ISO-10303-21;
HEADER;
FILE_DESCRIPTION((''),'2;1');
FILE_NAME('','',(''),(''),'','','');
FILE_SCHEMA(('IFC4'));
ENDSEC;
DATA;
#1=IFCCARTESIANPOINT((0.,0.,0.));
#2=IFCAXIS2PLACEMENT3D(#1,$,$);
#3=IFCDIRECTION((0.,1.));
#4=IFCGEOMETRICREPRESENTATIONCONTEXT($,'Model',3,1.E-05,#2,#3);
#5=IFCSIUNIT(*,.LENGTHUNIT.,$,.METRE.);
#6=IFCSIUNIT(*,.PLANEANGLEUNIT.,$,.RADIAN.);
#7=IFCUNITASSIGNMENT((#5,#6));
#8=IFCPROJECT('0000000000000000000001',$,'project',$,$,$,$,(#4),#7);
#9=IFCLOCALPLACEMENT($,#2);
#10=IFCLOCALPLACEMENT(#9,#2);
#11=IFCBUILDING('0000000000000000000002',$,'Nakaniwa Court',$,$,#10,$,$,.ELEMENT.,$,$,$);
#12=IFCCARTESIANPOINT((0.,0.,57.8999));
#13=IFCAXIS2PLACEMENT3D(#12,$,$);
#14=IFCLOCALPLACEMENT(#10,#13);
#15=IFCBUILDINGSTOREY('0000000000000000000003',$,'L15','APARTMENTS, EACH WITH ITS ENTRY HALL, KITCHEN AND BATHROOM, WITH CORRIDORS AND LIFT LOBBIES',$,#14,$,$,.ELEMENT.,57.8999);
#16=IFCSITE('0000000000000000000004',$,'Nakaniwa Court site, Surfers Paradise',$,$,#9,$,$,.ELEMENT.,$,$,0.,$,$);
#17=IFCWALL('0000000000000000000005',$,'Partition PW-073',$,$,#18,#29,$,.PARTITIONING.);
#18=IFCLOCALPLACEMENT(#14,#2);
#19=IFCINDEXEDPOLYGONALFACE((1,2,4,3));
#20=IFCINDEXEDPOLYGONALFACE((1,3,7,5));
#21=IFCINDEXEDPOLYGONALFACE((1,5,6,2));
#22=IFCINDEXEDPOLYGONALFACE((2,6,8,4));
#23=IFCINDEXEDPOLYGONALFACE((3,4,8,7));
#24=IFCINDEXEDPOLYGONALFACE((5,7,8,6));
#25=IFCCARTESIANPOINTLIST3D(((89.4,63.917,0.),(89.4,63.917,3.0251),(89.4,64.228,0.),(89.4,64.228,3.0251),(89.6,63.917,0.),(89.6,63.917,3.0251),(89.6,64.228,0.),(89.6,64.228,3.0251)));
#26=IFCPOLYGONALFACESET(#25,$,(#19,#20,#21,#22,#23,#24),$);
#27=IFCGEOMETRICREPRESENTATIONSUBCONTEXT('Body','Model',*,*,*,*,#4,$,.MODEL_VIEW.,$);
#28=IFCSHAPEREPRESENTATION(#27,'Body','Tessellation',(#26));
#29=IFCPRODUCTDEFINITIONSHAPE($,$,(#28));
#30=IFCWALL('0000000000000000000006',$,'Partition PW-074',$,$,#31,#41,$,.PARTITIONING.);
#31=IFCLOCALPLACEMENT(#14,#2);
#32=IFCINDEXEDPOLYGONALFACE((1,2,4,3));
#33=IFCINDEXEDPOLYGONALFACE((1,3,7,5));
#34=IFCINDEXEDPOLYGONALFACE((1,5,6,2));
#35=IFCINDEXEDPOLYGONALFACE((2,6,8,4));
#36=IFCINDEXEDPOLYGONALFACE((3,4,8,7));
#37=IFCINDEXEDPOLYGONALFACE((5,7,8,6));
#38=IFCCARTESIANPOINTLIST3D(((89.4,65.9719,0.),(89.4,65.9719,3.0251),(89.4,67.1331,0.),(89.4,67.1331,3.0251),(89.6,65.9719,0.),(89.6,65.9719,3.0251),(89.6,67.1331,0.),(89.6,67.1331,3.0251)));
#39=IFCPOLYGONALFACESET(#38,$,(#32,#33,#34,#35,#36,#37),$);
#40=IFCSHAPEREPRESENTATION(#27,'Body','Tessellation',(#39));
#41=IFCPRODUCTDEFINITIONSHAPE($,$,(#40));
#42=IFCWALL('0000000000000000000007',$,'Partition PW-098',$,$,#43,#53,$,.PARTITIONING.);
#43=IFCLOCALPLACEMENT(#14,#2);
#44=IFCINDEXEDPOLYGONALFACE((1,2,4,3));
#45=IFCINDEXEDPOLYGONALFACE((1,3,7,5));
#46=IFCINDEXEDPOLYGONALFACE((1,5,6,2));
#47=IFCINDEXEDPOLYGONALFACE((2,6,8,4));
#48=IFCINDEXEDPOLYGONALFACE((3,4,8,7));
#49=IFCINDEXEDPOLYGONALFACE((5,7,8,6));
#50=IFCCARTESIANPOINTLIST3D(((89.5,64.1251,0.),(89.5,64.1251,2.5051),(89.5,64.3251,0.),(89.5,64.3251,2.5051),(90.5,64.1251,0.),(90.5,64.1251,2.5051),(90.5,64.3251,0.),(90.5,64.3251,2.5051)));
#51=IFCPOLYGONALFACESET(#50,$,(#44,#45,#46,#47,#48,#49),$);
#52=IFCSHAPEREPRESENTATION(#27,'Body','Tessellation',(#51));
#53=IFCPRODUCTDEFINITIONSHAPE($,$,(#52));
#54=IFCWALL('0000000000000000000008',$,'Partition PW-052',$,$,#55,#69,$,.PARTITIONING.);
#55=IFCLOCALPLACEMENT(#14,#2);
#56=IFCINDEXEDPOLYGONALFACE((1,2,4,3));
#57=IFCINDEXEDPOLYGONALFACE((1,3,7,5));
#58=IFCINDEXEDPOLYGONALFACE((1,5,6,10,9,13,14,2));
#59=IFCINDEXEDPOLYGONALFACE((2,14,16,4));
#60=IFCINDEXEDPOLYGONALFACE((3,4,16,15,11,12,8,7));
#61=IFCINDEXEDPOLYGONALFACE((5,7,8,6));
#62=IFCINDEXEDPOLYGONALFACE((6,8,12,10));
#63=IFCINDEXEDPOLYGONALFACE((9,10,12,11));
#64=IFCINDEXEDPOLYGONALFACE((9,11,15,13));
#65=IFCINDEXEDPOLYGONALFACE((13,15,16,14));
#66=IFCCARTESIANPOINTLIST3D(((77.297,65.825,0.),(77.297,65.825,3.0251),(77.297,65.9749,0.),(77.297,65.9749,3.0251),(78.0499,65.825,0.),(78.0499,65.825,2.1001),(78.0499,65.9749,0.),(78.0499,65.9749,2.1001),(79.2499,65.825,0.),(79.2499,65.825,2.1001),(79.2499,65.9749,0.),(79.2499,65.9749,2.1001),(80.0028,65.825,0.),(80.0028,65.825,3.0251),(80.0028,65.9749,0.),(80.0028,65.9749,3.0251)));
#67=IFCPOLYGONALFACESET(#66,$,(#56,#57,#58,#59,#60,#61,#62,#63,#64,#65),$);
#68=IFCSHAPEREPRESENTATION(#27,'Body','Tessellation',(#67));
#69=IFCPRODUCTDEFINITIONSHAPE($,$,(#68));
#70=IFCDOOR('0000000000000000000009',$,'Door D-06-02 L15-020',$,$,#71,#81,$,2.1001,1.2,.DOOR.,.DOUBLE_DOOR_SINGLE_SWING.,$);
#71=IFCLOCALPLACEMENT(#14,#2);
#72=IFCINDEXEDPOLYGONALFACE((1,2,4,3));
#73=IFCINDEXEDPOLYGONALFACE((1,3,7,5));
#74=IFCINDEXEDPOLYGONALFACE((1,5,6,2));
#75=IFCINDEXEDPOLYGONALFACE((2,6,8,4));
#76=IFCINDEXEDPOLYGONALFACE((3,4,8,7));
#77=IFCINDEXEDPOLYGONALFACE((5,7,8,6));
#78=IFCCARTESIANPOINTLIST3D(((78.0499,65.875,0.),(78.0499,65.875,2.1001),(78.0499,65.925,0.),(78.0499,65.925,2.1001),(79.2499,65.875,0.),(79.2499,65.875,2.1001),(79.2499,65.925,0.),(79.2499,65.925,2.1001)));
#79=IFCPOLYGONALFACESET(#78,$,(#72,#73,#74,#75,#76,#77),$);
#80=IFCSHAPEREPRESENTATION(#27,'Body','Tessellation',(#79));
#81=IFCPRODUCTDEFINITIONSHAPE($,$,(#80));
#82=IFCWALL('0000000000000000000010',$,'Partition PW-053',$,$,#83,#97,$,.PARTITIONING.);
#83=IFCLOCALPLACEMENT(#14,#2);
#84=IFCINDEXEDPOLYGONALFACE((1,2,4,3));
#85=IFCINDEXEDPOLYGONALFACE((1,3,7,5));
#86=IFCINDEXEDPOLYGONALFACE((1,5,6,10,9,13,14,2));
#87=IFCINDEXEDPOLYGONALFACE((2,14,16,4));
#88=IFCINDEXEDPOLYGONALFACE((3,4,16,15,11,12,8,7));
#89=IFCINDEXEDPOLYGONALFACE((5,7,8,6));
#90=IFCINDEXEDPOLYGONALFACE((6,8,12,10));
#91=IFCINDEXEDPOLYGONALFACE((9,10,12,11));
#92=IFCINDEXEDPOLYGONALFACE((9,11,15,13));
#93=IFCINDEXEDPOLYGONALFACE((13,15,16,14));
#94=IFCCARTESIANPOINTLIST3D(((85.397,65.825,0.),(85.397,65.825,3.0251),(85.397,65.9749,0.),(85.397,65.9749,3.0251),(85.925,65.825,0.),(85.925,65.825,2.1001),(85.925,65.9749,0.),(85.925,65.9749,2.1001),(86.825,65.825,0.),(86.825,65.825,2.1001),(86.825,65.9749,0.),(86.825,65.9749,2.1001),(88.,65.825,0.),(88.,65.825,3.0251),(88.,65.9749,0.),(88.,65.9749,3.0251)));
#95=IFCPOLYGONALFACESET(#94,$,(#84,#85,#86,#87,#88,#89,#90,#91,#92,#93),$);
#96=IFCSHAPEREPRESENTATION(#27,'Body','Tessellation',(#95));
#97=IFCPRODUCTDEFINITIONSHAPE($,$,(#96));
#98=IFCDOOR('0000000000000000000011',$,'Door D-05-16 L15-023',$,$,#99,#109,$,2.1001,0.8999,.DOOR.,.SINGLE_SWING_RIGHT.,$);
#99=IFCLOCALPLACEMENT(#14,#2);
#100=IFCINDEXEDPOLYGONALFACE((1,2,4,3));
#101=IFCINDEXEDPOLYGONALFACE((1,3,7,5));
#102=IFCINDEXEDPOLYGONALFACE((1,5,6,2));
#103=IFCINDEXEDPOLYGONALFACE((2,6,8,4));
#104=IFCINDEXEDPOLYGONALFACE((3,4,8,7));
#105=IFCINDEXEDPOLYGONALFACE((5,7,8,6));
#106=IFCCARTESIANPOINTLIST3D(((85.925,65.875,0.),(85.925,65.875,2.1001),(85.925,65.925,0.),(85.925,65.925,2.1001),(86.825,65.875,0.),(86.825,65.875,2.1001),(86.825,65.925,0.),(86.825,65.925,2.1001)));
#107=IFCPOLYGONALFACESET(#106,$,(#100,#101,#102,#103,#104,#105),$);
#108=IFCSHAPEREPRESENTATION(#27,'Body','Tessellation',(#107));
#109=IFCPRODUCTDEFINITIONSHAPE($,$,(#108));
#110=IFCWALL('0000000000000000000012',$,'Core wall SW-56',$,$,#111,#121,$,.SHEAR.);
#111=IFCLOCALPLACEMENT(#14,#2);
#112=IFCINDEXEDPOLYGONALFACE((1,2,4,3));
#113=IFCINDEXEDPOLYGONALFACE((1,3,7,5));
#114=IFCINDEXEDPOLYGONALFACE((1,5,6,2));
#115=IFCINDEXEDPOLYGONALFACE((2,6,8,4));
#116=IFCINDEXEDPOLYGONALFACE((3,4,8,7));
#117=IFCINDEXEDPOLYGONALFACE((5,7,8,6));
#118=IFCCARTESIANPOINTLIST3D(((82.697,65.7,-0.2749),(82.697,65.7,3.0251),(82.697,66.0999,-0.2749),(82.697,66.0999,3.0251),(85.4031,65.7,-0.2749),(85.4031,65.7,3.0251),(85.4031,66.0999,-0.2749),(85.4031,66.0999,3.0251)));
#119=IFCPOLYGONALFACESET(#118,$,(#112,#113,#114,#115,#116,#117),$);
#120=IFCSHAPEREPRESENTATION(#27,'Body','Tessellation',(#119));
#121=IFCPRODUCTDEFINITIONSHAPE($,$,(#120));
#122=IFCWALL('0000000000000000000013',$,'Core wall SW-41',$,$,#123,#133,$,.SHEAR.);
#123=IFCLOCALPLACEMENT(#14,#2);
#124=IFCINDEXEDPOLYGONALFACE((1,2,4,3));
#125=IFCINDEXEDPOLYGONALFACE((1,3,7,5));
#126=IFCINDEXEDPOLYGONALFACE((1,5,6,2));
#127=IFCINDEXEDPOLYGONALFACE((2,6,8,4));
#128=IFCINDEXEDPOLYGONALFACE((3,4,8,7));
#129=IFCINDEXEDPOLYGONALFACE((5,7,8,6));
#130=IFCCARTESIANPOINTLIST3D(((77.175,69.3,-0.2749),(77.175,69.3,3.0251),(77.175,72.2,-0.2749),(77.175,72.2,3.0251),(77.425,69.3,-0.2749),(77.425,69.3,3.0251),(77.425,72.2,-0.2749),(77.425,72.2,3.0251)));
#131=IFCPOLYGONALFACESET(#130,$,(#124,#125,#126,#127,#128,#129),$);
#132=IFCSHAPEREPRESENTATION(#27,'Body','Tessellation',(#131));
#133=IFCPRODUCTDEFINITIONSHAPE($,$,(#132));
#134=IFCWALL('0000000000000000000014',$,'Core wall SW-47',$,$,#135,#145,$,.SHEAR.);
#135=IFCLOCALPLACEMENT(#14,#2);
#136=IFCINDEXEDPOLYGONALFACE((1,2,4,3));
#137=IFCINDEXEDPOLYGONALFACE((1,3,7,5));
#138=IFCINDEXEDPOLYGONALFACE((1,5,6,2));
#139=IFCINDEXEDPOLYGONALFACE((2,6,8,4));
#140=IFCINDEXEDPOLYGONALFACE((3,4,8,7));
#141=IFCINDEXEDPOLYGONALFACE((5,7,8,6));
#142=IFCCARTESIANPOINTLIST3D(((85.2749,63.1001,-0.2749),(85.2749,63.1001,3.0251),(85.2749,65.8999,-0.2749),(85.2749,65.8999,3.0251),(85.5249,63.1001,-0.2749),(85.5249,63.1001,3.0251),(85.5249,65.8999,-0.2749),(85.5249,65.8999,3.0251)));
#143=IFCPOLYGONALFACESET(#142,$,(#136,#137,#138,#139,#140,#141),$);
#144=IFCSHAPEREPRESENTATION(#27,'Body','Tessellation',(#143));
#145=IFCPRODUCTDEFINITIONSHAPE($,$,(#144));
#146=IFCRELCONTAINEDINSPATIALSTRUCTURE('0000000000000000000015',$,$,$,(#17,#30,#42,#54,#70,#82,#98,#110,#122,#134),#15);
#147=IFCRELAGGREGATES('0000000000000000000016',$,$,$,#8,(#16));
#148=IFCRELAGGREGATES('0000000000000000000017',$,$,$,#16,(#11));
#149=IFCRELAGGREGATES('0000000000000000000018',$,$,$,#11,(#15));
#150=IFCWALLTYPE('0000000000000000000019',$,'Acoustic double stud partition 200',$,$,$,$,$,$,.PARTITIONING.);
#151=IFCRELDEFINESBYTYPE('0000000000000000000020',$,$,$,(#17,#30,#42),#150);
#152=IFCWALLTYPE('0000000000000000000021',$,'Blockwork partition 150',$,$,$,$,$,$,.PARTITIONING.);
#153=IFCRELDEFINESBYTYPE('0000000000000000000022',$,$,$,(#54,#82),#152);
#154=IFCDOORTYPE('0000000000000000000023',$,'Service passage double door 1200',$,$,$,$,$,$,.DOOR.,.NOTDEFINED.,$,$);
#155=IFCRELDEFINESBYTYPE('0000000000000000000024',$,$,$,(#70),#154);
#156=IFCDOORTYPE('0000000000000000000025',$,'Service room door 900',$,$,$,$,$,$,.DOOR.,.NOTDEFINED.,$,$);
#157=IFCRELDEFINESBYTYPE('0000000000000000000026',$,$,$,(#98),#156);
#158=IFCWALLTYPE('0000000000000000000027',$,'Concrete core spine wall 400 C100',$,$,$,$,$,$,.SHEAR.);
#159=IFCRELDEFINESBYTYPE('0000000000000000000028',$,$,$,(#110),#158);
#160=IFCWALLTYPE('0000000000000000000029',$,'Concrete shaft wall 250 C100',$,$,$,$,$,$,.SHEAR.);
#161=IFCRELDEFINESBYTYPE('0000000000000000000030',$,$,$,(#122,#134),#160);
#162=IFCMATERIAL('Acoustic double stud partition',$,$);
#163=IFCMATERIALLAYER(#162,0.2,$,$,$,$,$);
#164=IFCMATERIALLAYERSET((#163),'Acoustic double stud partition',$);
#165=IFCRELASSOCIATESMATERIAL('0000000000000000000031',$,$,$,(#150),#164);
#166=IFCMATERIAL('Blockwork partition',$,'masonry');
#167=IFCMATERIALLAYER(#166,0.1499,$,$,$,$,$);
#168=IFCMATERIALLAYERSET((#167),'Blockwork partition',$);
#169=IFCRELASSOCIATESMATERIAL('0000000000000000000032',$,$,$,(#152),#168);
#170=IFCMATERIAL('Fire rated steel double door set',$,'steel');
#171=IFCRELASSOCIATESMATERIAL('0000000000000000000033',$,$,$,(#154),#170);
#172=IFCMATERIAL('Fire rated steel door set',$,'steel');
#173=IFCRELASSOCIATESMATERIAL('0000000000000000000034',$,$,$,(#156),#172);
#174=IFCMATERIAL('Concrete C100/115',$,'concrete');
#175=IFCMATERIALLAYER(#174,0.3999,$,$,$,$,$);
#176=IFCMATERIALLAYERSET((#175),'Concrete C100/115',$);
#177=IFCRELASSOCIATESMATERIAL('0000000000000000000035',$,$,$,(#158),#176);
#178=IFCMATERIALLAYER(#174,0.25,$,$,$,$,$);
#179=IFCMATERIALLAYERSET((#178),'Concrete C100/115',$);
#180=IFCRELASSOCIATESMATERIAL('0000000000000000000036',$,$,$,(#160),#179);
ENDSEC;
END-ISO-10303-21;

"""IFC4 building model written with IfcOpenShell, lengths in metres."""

from ifc_helpers import new_model, si_unit, direction, frame, frame_2d, origin, place, context, subcontext, project, spatial, rectangle, extrude, material, layer, layer_set, type_object, element, fill, save


model = new_model("IFC4")

# Units and contexts
model_context = context("Model", 3, precision=1e-05, world=origin(), true_north=direction((0.0, 1.0)))
body_context = subcontext(model_context, "Body", "Model", "MODEL_VIEW")
ifc_project = project(units=[si_unit("LENGTHUNIT", "METRE"), si_unit("PLANEANGLEUNIT", "RADIAN")], contexts=[model_context])

# Site, building, storey
site_placement = place(None, origin())
site = spatial("IfcSite", under=ifc_project, at=site_placement, Name="Nakaniwa Court site, Surfers Paradise", CompositionType="ELEMENT", RefElevation=0.0)
building_placement = place(site_placement, origin())
building = spatial("IfcBuilding", under=site, at=building_placement, Name="Nakaniwa Court", CompositionType="ELEMENT")
storey_placement = place(building_placement, frame((0.0, 0.0, 57.8999)))
storey = spatial("IfcBuildingStorey", under=building, at=storey_placement, Name="L15", Description="APARTMENTS, EACH WITH ITS ENTRY HALL, KITCHEN AND BATHROOM, WITH CORRIDORS AND LIFT LOBBIES", CompositionType="ELEMENT", Elevation=57.8999)

# Walls
ifc_material_1 = material(Name="Acoustic double stud partition")
ifc_layer_1 = layer(ifc_material_1, 0.2)
ifc_layer_set_1 = layer_set([ifc_layer_1], Name="Acoustic double stud partition")
wall_type_1 = type_object("IfcWallType", Name="Acoustic double stud partition 200", PredefinedType="PARTITIONING", material=ifc_layer_set_1)
wall_1_placement = place(storey_placement, frame((89.5, 63.917, 0.0), z_axis=(0.0, 0.0, 1.0), x_axis=(0.0, 1.0, 0.0)))
element("IfcWall", 1, at=wall_1_placement, inside=storey, type_object=wall_type_1, Name="Partition PW-073", PredefinedType="PARTITIONING", context=body_context, shape_type="SweptSolid", body=[
    extrude(rectangle(XDim=0.311, YDim=0.2, at=frame_2d((0.1555, 0.0))), origin(), (0.0, 0.0, 1.0), 3.0251),
])
wall_2_placement = place(storey_placement, frame((89.5, 65.9719, 0.0), z_axis=(0.0, 0.0, 1.0), x_axis=(0.0, 1.0, 0.0)))
element("IfcWall", 2, at=wall_2_placement, inside=storey, type_object=wall_type_1, Name="Partition PW-074", PredefinedType="PARTITIONING", context=body_context, shape_type="SweptSolid", body=[
    extrude(rectangle(XDim=1.1611, YDim=0.2, at=frame_2d((0.5806, 0.0))), origin(), (0.0, 0.0, 1.0), 3.0251),
])
wall_3_placement = place(storey_placement, frame((89.5, 64.2251, 0.0), z_axis=(0.0, 0.0, 1.0), x_axis=(1.0, 0.0, 0.0)))
element("IfcWall", 3, at=wall_3_placement, inside=storey, type_object=wall_type_1, Name="Partition PW-098", PredefinedType="PARTITIONING", context=body_context, shape_type="SweptSolid", body=[
    extrude(rectangle(XDim=1.0, YDim=0.2, at=frame_2d((0.5, 0.0))), origin(), (0.0, 0.0, 1.0), 2.5051),
])

# Walls, openings, doors
ifc_material_2 = material(Name="Blockwork partition", Category="masonry")
ifc_layer_2 = layer(ifc_material_2, 0.1499)
ifc_layer_set_2 = layer_set([ifc_layer_2], Name="Blockwork partition")
wall_type_2 = type_object("IfcWallType", Name="Blockwork partition 150", PredefinedType="PARTITIONING", material=ifc_layer_set_2)
wall_4_placement = place(storey_placement, frame((80.0029, 65.8999, 0.0), z_axis=(0.0, 0.0, 1.0), x_axis=(-1.0, 0.0, 0.0)))
wall_4 = element("IfcWall", 4, at=wall_4_placement, inside=storey, type_object=wall_type_2, Name="Partition PW-052", PredefinedType="PARTITIONING", context=body_context, shape_type="SweptSolid", body=[
    extrude(rectangle(XDim=2.7058, YDim=0.1499, at=frame_2d((1.353, 0.0))), origin(), (0.0, 0.0, 1.0), 3.0251),
])
opening_1_placement = place(wall_4_placement, frame((0.7529, 0.0, 0.0)))
opening_1 = element("IfcOpeningElement", 5, at=opening_1_placement, cuts=wall_4, PredefinedType="OPENING", context=body_context, shape_type="SweptSolid", body=[
    extrude(rectangle(XDim=1.2, YDim=2.1001, at=frame_2d((0.6001, 1.05))), frame((0.0, 0.085, 0.0), z_axis=(0.0, -1.0, 0.0), x_axis=(1.0, 0.0, 0.0)), (0.0, 0.0, 1.0), 0.1699),
])
ifc_material_3 = material(Name="Fire rated steel double door set", Category="steel")
door_type_1 = type_object("IfcDoorType", Name="Service passage double door 1200", OperationType="NOTDEFINED", PredefinedType="DOOR", material=ifc_material_3)
door_1_placement = place(opening_1_placement, origin())
door_1 = element("IfcDoor", 6, at=door_1_placement, inside=storey, type_object=door_type_1, Name="Door D-06-02 L15-020", OperationType="DOUBLE_DOOR_SINGLE_SWING", OverallHeight=2.1001, OverallWidth=1.2, PredefinedType="DOOR", context=body_context, shape_type="SweptSolid", body=[
    extrude(rectangle(XDim=1.2, YDim=2.1001, at=frame_2d((0.6001, 1.05))), frame((0.0, 0.0249, 0.0), z_axis=(0.0, -1.0, 0.0), x_axis=(1.0, 0.0, 0.0)), (0.0, 0.0, 1.0), 0.05),
])
fill(opening_1, door_1)
wall_5_placement = place(storey_placement, frame((88.0, 65.8999, 0.0), z_axis=(0.0, 0.0, 1.0), x_axis=(-1.0, 0.0, 0.0)))
wall_5 = element("IfcWall", 7, at=wall_5_placement, inside=storey, type_object=wall_type_2, Name="Partition PW-053", PredefinedType="PARTITIONING", context=body_context, shape_type="SweptSolid", body=[
    extrude(rectangle(XDim=2.603, YDim=0.1499, at=frame_2d((1.3015, 0.0))), origin(), (0.0, 0.0, 1.0), 3.0251),
])
opening_2_placement = place(wall_5_placement, frame((1.175, 0.0, 0.0)))
opening_2 = element("IfcOpeningElement", 8, at=opening_2_placement, cuts=wall_5, PredefinedType="OPENING", context=body_context, shape_type="SweptSolid", body=[
    extrude(rectangle(XDim=0.8999, YDim=2.1001, at=frame_2d((0.45, 1.05))), frame((0.0, 0.085, 0.0), z_axis=(0.0, -1.0, 0.0), x_axis=(1.0, 0.0, 0.0)), (0.0, 0.0, 1.0), 0.1699),
])
ifc_material_4 = material(Name="Fire rated steel door set", Category="steel")
door_type_2 = type_object("IfcDoorType", Name="Service room door 900", OperationType="NOTDEFINED", PredefinedType="DOOR", material=ifc_material_4)
door_2_placement = place(opening_2_placement, origin())
door_2 = element("IfcDoor", 9, at=door_2_placement, inside=storey, type_object=door_type_2, Name="Door D-05-16 L15-023", OperationType="SINGLE_SWING_RIGHT", OverallHeight=2.1001, OverallWidth=0.8999, PredefinedType="DOOR", context=body_context, shape_type="SweptSolid", body=[
    extrude(rectangle(XDim=0.8999, YDim=2.1001, at=frame_2d((0.45, 1.05))), frame((0.0, 0.0249, 0.0), z_axis=(0.0, -1.0, 0.0), x_axis=(1.0, 0.0, 0.0)), (0.0, 0.0, 1.0), 0.05),
])
fill(opening_2, door_2)

# Walls
ifc_material_5 = material(Name="Concrete C100/115", Category="concrete")
ifc_layer_3 = layer(ifc_material_5, 0.3999)
ifc_layer_set_3 = layer_set([ifc_layer_3], Name="Concrete C100/115")
wall_type_3 = type_object("IfcWallType", Name="Concrete core spine wall 400 C100", PredefinedType="SHEAR", material=ifc_layer_set_3)
wall_6_placement = place(storey_placement, frame((82.697, 65.8999, -0.2749), z_axis=(0.0, 0.0, 1.0), x_axis=(1.0, 0.0, 0.0)))
element("IfcWall", 10, at=wall_6_placement, inside=storey, type_object=wall_type_3, Name="Core wall SW-56", PredefinedType="SHEAR", context=body_context, shape_type="SweptSolid", body=[
    extrude(rectangle(XDim=2.7061, YDim=0.3999, at=frame_2d((1.353, 0.0))), origin(), (0.0, 0.0, 1.0), 3.3),
])
ifc_layer_4 = layer(ifc_material_5, 0.25)
ifc_layer_set_4 = layer_set([ifc_layer_4], Name="Concrete C100/115")
wall_type_4 = type_object("IfcWallType", Name="Concrete shaft wall 250 C100", PredefinedType="SHEAR", material=ifc_layer_set_4)
wall_7_placement = place(storey_placement, frame((77.3, 69.3, -0.2749), z_axis=(0.0, 0.0, 1.0), x_axis=(0.0, 1.0, 0.0)))
element("IfcWall", 11, at=wall_7_placement, inside=storey, type_object=wall_type_4, Name="Core wall SW-41", PredefinedType="SHEAR", context=body_context, shape_type="SweptSolid", body=[
    extrude(rectangle(XDim=2.8999, YDim=0.25, at=frame_2d((1.45, 0.0))), origin(), (0.0, 0.0, 1.0), 3.3),
])
wall_8_placement = place(storey_placement, frame((85.3999, 63.1001, -0.2749), z_axis=(0.0, 0.0, 1.0), x_axis=(0.0, 1.0, 0.0)))
element("IfcWall", 12, at=wall_8_placement, inside=storey, type_object=wall_type_4, Name="Core wall SW-47", PredefinedType="SHEAR", context=body_context, shape_type="SweptSolid", body=[
    extrude(rectangle(XDim=2.7998, YDim=0.25, at=frame_2d((1.3999, 0.0))), origin(), (0.0, 0.0, 1.0), 3.3),
])

save(model, "model.ifc")
